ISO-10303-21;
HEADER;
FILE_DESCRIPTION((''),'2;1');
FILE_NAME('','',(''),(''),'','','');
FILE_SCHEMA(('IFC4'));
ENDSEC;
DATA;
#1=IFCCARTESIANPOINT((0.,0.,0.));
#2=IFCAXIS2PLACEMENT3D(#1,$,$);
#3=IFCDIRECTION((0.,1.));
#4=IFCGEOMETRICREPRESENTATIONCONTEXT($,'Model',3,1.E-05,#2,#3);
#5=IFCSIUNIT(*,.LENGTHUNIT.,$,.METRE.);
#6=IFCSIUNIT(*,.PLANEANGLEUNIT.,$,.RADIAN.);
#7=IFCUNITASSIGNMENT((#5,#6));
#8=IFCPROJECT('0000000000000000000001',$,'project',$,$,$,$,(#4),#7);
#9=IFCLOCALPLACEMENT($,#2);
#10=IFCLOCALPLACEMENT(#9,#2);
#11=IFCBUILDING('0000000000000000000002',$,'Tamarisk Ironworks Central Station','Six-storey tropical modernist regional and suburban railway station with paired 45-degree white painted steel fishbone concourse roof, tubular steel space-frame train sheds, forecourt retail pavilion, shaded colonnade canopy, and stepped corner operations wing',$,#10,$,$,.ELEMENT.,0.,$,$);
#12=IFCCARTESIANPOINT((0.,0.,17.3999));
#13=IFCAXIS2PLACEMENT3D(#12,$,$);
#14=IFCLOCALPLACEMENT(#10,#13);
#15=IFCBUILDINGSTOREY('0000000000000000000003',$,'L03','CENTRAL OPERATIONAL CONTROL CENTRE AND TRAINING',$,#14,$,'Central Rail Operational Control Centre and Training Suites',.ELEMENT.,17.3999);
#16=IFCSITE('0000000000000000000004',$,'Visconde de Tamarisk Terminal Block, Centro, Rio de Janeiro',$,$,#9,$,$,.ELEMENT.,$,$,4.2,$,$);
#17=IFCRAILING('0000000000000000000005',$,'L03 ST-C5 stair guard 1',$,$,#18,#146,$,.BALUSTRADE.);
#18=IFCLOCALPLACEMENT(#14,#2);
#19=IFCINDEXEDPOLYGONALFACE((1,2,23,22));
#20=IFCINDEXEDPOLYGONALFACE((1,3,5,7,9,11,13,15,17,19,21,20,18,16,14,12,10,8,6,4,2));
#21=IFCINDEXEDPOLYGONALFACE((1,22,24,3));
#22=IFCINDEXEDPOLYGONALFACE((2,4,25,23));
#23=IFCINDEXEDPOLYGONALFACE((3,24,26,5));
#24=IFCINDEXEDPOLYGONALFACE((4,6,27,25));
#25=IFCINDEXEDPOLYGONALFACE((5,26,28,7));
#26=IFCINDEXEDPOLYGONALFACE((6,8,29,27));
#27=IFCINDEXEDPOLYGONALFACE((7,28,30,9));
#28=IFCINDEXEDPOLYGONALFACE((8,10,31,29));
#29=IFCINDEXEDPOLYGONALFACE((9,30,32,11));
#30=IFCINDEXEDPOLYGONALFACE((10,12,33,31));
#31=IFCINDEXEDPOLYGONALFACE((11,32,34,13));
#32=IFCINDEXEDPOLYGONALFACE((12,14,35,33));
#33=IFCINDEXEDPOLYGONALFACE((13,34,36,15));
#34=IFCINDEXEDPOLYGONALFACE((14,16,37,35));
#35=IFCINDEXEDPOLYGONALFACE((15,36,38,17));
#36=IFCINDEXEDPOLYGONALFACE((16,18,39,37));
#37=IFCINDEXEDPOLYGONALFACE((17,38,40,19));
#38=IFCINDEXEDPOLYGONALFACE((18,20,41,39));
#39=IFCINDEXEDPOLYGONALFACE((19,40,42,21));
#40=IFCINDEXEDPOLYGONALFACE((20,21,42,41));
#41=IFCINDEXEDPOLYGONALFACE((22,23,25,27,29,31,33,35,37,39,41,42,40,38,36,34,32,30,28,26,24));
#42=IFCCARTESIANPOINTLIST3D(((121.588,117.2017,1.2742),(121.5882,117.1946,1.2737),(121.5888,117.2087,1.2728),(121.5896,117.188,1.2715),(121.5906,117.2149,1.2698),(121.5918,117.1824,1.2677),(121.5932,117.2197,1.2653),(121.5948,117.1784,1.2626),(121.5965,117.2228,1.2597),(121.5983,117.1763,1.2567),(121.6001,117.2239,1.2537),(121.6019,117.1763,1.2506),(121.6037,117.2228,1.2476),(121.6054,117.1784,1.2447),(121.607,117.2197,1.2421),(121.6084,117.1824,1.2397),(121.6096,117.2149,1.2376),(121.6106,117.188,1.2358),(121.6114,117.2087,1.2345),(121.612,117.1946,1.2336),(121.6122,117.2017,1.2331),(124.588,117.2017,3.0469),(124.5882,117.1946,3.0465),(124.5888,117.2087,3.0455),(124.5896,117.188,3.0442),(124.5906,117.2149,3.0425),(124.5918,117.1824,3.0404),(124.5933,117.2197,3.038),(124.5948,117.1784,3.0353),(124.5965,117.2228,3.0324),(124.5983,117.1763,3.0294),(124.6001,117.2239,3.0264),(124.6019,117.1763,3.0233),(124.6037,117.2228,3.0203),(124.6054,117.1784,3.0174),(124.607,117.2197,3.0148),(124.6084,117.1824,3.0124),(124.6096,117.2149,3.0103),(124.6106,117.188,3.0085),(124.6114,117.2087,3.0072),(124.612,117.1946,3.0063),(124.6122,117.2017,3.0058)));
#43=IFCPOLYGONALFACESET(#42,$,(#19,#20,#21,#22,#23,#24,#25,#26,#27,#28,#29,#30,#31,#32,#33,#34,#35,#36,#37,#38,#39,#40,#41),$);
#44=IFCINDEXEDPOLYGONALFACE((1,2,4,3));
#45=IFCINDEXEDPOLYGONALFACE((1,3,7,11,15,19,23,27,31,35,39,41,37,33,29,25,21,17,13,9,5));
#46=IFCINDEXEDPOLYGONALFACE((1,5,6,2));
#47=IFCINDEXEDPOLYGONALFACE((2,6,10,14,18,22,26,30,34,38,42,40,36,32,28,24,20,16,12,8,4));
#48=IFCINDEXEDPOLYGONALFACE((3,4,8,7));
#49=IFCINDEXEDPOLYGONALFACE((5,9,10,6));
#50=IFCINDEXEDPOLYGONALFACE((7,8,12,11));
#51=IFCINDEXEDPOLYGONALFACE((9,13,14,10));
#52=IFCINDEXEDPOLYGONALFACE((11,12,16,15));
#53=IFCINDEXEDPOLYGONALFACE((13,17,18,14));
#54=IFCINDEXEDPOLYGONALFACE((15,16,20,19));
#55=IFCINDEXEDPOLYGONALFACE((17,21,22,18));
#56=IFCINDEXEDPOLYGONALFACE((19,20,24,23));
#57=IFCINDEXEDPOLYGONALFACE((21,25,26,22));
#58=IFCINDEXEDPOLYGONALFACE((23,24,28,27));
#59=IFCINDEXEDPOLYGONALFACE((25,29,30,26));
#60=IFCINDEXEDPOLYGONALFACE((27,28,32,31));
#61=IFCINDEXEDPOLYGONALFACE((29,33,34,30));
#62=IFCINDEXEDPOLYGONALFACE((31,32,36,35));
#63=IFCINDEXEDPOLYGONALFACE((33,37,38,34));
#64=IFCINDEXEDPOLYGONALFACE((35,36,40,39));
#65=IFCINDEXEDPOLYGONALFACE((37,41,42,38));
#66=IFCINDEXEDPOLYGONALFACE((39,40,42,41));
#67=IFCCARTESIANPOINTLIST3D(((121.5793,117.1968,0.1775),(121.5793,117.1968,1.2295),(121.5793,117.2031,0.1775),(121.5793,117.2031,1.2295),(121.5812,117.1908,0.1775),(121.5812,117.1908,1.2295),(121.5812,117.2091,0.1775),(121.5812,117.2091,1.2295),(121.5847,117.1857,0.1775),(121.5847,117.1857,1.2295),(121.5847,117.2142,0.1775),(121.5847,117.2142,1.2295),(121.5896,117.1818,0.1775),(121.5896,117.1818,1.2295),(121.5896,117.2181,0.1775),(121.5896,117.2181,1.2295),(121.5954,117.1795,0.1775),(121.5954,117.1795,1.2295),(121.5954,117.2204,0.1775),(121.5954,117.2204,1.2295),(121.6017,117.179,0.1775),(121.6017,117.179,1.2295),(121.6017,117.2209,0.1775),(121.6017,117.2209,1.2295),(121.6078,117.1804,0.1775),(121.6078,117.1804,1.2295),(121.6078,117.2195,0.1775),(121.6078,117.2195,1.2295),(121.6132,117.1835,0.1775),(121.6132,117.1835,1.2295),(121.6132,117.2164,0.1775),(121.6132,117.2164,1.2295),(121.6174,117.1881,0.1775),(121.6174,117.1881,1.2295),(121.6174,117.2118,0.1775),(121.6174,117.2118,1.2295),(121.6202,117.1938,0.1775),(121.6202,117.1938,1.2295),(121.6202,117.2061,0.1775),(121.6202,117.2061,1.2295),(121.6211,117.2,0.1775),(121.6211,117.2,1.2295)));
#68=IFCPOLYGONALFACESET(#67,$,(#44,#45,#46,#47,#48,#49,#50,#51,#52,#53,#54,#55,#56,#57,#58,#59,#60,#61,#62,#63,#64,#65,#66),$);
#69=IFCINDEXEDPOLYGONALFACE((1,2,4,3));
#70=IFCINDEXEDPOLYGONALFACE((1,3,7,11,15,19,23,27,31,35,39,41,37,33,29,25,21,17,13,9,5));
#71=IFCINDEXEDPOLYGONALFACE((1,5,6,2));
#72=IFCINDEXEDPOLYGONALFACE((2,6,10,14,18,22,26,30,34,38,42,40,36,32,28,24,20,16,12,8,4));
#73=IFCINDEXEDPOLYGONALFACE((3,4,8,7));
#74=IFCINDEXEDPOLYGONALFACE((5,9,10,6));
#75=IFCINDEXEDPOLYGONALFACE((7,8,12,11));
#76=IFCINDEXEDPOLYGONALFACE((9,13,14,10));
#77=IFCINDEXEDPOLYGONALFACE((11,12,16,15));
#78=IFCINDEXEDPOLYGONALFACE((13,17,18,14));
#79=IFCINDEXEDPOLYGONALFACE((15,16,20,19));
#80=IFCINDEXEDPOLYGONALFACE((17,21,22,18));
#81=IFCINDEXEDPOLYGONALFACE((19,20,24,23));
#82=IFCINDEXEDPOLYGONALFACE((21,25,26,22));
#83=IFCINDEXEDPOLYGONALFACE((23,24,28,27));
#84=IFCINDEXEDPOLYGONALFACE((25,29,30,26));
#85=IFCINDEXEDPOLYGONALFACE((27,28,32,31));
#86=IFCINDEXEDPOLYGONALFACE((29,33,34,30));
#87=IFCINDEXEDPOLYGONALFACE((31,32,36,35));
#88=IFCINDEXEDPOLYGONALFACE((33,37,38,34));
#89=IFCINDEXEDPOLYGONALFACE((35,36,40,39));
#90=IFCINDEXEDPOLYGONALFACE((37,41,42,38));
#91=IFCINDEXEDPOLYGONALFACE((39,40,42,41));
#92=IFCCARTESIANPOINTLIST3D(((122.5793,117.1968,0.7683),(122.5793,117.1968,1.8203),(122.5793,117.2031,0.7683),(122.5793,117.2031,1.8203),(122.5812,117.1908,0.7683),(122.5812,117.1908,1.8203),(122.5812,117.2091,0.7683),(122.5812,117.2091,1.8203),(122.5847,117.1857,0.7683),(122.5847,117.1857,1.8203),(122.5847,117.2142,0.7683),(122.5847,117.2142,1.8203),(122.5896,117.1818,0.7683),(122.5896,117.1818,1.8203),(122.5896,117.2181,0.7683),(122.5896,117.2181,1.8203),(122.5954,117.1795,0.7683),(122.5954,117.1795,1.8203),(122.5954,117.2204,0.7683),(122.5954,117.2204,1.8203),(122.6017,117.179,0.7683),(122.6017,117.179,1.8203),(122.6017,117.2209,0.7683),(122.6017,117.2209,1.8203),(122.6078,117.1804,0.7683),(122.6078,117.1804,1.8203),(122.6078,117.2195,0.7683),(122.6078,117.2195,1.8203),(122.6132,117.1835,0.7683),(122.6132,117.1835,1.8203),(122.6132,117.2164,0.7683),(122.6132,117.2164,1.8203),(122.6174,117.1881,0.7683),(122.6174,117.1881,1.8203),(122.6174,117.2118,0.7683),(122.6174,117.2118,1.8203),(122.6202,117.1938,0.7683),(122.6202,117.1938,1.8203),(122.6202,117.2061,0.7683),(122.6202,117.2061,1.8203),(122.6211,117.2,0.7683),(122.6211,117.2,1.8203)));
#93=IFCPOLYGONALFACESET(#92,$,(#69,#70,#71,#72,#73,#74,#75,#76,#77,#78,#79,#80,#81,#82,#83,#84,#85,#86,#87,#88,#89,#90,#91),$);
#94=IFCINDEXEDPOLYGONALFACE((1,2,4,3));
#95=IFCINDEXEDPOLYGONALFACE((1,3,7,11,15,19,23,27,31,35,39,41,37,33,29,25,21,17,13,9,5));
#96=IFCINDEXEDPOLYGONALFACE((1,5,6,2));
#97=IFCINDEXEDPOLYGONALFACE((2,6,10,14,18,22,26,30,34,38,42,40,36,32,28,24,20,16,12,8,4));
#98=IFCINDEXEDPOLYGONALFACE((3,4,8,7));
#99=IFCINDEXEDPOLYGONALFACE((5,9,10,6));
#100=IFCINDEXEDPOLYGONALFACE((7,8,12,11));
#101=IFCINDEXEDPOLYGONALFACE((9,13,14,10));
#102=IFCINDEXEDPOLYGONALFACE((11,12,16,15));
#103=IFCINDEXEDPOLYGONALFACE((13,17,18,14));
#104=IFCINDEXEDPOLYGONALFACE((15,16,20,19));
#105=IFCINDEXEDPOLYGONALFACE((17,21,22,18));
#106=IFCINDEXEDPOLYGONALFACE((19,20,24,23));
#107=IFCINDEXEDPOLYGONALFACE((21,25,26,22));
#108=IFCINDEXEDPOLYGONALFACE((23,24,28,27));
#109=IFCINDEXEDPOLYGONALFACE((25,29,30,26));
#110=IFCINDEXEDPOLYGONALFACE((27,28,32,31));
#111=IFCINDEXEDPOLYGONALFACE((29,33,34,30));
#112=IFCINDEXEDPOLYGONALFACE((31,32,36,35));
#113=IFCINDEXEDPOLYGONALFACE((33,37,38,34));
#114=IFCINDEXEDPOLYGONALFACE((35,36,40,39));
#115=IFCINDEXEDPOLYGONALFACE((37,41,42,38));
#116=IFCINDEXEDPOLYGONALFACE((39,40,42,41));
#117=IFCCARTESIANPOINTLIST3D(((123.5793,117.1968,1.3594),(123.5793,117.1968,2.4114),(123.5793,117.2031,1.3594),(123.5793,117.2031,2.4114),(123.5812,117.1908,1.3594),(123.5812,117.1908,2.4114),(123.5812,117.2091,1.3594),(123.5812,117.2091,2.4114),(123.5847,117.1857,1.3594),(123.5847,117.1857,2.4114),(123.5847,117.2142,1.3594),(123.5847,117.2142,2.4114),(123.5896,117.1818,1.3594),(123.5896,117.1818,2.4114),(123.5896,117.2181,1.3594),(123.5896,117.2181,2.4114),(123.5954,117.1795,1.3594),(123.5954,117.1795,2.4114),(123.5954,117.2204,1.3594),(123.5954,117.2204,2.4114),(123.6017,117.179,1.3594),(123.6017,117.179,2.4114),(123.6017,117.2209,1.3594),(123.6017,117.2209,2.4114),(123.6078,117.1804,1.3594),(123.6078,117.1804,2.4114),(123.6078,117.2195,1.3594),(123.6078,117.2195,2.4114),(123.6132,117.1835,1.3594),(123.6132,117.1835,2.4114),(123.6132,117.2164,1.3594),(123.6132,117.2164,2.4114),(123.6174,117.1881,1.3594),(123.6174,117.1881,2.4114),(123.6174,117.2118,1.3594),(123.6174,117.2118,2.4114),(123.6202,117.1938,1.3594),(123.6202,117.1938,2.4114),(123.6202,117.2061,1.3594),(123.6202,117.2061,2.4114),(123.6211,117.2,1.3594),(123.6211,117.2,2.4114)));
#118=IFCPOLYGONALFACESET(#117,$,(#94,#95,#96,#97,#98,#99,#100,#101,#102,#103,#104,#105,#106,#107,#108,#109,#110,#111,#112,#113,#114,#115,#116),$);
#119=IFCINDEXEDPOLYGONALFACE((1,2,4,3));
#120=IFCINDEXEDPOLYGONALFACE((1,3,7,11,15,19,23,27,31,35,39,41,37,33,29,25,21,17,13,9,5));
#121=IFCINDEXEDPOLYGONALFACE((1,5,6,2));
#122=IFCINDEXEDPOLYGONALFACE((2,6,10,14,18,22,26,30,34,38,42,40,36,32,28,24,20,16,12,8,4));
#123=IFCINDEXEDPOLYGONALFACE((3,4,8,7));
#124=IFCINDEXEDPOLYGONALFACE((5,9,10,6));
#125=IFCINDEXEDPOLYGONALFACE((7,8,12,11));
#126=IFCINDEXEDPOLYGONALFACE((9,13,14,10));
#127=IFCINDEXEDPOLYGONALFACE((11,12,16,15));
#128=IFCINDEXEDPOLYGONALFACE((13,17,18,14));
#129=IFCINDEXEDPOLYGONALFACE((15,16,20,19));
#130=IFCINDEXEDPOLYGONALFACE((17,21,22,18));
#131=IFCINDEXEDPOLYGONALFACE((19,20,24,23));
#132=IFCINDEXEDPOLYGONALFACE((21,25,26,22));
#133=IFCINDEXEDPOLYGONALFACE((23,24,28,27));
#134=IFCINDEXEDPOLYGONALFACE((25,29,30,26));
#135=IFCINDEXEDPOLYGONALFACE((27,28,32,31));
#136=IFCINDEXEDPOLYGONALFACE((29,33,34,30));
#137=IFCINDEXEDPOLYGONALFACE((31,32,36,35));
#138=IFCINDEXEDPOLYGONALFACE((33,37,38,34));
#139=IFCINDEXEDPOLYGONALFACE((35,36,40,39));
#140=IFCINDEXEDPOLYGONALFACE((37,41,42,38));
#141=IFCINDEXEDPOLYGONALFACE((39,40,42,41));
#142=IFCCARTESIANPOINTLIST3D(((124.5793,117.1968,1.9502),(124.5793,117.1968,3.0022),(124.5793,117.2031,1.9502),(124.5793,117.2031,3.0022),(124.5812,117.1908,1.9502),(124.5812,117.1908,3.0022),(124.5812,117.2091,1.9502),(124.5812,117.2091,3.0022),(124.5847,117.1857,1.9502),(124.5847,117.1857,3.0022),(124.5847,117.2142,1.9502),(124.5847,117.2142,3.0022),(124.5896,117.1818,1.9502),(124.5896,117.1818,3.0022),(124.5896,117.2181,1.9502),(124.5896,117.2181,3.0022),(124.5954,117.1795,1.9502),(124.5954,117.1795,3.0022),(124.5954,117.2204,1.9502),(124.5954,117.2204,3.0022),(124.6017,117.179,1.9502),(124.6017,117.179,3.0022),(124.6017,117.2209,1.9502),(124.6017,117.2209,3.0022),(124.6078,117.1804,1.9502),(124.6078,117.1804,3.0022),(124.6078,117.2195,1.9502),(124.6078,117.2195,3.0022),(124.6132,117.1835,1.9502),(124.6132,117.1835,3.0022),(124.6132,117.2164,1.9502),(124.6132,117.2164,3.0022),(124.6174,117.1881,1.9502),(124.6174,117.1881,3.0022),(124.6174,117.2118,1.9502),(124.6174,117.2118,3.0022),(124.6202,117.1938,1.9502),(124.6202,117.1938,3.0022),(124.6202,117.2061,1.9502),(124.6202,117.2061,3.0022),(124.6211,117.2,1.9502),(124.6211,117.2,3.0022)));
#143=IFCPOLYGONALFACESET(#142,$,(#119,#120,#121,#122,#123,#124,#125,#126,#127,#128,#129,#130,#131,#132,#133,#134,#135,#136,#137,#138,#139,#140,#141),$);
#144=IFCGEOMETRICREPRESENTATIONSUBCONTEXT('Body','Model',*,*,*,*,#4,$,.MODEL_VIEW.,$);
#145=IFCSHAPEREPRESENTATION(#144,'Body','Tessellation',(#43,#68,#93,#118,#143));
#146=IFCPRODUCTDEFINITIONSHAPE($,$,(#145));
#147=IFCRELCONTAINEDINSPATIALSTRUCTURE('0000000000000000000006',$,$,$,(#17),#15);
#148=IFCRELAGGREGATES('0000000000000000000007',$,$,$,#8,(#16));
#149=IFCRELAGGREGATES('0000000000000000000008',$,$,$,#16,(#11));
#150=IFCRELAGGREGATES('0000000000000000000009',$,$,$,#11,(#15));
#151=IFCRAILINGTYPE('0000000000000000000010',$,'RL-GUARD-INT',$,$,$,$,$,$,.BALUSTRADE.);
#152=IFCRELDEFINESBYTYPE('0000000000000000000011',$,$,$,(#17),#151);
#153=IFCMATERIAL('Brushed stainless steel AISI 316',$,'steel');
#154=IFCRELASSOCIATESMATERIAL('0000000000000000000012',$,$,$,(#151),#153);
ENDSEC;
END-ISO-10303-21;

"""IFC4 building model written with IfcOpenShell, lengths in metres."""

from ifc_helpers import new_model, si_unit, direction, frame, origin, origin_2d, place, context, subcontext, project, spatial, circle, extrude, material, type_object, element, save


model = new_model("IFC4")

# Units and contexts
model_context = context("Model", 3, precision=1e-05, world=origin(), true_north=direction((0.0, 1.0)))
body_context = subcontext(model_context, "Body", "Model", "MODEL_VIEW")
ifc_project = project(units=[si_unit("LENGTHUNIT", "METRE"), si_unit("PLANEANGLEUNIT", "RADIAN")], contexts=[model_context])

# Site, building, storey
site_placement = place(None, origin())
site = spatial("IfcSite", under=ifc_project, at=site_placement, Name="Visconde de Tamarisk Terminal Block, Centro, Rio de Janeiro", CompositionType="ELEMENT", RefElevation=4.2)
building_placement = place(site_placement, origin())
building = spatial("IfcBuilding", under=site, at=building_placement, Name="Tamarisk Ironworks Central Station", Description="Six-storey tropical modernist regional and suburban railway station with paired 45-degree white painted steel fishbone concourse roof, tubular steel space-frame train sheds, forecourt retail pavilion, shaded colonnade canopy, and stepped corner operations wing", CompositionType="ELEMENT", ElevationOfRefHeight=0.0)
storey_placement = place(building_placement, frame((0.0, 0.0, 17.3999)))
storey = spatial("IfcBuildingStorey", under=building, at=storey_placement, Name="L03", Description="CENTRAL OPERATIONAL CONTROL CENTRE AND TRAINING", LongName="Central Rail Operational Control Centre and Training Suites", CompositionType="ELEMENT", Elevation=17.3999)

# Railing
ifc_material_1 = material(Name="Brushed stainless steel AISI 316", Category="steel")
railing_type_1 = type_object("IfcRailingType", Name="RL-GUARD-INT", PredefinedType="BALUSTRADE", material=ifc_material_1)
railing_1_placement = place(storey_placement, frame((121.6001, 117.2, 0.1775)))
element("IfcRailing", 1, at=railing_1_placement, inside=storey, type_object=railing_type_1, Name="L03 ST-C5 stair guard 1", PredefinedType="BALUSTRADE", context=body_context, shape_type="SweptSolid", body=[
    extrude(circle(Radius=0.0239, at=origin_2d()), frame((0.0, 0.0, 1.0762), z_axis=(0.860929, 0.0, 0.508725), x_axis=(0.0, 1.0, 0.0)), (0.0, 0.0, 1.0), 3.4846),
    extrude(circle(Radius=0.021, at=origin_2d()), origin(), (0.0, 0.0, 1.0), 1.052),
    extrude(circle(Radius=0.021, at=origin_2d()), frame((1.0, 0.0, 0.5908)), (0.0, 0.0, 1.0), 1.052),
    extrude(circle(Radius=0.021, at=origin_2d()), frame((2.0, 0.0, 1.1819)), (0.0, 0.0, 1.0), 1.052),
    extrude(circle(Radius=0.021, at=origin_2d()), frame((3.0, 0.0, 1.7727)), (0.0, 0.0, 1.0), 1.052),
])

save(model, "model.ifc")
